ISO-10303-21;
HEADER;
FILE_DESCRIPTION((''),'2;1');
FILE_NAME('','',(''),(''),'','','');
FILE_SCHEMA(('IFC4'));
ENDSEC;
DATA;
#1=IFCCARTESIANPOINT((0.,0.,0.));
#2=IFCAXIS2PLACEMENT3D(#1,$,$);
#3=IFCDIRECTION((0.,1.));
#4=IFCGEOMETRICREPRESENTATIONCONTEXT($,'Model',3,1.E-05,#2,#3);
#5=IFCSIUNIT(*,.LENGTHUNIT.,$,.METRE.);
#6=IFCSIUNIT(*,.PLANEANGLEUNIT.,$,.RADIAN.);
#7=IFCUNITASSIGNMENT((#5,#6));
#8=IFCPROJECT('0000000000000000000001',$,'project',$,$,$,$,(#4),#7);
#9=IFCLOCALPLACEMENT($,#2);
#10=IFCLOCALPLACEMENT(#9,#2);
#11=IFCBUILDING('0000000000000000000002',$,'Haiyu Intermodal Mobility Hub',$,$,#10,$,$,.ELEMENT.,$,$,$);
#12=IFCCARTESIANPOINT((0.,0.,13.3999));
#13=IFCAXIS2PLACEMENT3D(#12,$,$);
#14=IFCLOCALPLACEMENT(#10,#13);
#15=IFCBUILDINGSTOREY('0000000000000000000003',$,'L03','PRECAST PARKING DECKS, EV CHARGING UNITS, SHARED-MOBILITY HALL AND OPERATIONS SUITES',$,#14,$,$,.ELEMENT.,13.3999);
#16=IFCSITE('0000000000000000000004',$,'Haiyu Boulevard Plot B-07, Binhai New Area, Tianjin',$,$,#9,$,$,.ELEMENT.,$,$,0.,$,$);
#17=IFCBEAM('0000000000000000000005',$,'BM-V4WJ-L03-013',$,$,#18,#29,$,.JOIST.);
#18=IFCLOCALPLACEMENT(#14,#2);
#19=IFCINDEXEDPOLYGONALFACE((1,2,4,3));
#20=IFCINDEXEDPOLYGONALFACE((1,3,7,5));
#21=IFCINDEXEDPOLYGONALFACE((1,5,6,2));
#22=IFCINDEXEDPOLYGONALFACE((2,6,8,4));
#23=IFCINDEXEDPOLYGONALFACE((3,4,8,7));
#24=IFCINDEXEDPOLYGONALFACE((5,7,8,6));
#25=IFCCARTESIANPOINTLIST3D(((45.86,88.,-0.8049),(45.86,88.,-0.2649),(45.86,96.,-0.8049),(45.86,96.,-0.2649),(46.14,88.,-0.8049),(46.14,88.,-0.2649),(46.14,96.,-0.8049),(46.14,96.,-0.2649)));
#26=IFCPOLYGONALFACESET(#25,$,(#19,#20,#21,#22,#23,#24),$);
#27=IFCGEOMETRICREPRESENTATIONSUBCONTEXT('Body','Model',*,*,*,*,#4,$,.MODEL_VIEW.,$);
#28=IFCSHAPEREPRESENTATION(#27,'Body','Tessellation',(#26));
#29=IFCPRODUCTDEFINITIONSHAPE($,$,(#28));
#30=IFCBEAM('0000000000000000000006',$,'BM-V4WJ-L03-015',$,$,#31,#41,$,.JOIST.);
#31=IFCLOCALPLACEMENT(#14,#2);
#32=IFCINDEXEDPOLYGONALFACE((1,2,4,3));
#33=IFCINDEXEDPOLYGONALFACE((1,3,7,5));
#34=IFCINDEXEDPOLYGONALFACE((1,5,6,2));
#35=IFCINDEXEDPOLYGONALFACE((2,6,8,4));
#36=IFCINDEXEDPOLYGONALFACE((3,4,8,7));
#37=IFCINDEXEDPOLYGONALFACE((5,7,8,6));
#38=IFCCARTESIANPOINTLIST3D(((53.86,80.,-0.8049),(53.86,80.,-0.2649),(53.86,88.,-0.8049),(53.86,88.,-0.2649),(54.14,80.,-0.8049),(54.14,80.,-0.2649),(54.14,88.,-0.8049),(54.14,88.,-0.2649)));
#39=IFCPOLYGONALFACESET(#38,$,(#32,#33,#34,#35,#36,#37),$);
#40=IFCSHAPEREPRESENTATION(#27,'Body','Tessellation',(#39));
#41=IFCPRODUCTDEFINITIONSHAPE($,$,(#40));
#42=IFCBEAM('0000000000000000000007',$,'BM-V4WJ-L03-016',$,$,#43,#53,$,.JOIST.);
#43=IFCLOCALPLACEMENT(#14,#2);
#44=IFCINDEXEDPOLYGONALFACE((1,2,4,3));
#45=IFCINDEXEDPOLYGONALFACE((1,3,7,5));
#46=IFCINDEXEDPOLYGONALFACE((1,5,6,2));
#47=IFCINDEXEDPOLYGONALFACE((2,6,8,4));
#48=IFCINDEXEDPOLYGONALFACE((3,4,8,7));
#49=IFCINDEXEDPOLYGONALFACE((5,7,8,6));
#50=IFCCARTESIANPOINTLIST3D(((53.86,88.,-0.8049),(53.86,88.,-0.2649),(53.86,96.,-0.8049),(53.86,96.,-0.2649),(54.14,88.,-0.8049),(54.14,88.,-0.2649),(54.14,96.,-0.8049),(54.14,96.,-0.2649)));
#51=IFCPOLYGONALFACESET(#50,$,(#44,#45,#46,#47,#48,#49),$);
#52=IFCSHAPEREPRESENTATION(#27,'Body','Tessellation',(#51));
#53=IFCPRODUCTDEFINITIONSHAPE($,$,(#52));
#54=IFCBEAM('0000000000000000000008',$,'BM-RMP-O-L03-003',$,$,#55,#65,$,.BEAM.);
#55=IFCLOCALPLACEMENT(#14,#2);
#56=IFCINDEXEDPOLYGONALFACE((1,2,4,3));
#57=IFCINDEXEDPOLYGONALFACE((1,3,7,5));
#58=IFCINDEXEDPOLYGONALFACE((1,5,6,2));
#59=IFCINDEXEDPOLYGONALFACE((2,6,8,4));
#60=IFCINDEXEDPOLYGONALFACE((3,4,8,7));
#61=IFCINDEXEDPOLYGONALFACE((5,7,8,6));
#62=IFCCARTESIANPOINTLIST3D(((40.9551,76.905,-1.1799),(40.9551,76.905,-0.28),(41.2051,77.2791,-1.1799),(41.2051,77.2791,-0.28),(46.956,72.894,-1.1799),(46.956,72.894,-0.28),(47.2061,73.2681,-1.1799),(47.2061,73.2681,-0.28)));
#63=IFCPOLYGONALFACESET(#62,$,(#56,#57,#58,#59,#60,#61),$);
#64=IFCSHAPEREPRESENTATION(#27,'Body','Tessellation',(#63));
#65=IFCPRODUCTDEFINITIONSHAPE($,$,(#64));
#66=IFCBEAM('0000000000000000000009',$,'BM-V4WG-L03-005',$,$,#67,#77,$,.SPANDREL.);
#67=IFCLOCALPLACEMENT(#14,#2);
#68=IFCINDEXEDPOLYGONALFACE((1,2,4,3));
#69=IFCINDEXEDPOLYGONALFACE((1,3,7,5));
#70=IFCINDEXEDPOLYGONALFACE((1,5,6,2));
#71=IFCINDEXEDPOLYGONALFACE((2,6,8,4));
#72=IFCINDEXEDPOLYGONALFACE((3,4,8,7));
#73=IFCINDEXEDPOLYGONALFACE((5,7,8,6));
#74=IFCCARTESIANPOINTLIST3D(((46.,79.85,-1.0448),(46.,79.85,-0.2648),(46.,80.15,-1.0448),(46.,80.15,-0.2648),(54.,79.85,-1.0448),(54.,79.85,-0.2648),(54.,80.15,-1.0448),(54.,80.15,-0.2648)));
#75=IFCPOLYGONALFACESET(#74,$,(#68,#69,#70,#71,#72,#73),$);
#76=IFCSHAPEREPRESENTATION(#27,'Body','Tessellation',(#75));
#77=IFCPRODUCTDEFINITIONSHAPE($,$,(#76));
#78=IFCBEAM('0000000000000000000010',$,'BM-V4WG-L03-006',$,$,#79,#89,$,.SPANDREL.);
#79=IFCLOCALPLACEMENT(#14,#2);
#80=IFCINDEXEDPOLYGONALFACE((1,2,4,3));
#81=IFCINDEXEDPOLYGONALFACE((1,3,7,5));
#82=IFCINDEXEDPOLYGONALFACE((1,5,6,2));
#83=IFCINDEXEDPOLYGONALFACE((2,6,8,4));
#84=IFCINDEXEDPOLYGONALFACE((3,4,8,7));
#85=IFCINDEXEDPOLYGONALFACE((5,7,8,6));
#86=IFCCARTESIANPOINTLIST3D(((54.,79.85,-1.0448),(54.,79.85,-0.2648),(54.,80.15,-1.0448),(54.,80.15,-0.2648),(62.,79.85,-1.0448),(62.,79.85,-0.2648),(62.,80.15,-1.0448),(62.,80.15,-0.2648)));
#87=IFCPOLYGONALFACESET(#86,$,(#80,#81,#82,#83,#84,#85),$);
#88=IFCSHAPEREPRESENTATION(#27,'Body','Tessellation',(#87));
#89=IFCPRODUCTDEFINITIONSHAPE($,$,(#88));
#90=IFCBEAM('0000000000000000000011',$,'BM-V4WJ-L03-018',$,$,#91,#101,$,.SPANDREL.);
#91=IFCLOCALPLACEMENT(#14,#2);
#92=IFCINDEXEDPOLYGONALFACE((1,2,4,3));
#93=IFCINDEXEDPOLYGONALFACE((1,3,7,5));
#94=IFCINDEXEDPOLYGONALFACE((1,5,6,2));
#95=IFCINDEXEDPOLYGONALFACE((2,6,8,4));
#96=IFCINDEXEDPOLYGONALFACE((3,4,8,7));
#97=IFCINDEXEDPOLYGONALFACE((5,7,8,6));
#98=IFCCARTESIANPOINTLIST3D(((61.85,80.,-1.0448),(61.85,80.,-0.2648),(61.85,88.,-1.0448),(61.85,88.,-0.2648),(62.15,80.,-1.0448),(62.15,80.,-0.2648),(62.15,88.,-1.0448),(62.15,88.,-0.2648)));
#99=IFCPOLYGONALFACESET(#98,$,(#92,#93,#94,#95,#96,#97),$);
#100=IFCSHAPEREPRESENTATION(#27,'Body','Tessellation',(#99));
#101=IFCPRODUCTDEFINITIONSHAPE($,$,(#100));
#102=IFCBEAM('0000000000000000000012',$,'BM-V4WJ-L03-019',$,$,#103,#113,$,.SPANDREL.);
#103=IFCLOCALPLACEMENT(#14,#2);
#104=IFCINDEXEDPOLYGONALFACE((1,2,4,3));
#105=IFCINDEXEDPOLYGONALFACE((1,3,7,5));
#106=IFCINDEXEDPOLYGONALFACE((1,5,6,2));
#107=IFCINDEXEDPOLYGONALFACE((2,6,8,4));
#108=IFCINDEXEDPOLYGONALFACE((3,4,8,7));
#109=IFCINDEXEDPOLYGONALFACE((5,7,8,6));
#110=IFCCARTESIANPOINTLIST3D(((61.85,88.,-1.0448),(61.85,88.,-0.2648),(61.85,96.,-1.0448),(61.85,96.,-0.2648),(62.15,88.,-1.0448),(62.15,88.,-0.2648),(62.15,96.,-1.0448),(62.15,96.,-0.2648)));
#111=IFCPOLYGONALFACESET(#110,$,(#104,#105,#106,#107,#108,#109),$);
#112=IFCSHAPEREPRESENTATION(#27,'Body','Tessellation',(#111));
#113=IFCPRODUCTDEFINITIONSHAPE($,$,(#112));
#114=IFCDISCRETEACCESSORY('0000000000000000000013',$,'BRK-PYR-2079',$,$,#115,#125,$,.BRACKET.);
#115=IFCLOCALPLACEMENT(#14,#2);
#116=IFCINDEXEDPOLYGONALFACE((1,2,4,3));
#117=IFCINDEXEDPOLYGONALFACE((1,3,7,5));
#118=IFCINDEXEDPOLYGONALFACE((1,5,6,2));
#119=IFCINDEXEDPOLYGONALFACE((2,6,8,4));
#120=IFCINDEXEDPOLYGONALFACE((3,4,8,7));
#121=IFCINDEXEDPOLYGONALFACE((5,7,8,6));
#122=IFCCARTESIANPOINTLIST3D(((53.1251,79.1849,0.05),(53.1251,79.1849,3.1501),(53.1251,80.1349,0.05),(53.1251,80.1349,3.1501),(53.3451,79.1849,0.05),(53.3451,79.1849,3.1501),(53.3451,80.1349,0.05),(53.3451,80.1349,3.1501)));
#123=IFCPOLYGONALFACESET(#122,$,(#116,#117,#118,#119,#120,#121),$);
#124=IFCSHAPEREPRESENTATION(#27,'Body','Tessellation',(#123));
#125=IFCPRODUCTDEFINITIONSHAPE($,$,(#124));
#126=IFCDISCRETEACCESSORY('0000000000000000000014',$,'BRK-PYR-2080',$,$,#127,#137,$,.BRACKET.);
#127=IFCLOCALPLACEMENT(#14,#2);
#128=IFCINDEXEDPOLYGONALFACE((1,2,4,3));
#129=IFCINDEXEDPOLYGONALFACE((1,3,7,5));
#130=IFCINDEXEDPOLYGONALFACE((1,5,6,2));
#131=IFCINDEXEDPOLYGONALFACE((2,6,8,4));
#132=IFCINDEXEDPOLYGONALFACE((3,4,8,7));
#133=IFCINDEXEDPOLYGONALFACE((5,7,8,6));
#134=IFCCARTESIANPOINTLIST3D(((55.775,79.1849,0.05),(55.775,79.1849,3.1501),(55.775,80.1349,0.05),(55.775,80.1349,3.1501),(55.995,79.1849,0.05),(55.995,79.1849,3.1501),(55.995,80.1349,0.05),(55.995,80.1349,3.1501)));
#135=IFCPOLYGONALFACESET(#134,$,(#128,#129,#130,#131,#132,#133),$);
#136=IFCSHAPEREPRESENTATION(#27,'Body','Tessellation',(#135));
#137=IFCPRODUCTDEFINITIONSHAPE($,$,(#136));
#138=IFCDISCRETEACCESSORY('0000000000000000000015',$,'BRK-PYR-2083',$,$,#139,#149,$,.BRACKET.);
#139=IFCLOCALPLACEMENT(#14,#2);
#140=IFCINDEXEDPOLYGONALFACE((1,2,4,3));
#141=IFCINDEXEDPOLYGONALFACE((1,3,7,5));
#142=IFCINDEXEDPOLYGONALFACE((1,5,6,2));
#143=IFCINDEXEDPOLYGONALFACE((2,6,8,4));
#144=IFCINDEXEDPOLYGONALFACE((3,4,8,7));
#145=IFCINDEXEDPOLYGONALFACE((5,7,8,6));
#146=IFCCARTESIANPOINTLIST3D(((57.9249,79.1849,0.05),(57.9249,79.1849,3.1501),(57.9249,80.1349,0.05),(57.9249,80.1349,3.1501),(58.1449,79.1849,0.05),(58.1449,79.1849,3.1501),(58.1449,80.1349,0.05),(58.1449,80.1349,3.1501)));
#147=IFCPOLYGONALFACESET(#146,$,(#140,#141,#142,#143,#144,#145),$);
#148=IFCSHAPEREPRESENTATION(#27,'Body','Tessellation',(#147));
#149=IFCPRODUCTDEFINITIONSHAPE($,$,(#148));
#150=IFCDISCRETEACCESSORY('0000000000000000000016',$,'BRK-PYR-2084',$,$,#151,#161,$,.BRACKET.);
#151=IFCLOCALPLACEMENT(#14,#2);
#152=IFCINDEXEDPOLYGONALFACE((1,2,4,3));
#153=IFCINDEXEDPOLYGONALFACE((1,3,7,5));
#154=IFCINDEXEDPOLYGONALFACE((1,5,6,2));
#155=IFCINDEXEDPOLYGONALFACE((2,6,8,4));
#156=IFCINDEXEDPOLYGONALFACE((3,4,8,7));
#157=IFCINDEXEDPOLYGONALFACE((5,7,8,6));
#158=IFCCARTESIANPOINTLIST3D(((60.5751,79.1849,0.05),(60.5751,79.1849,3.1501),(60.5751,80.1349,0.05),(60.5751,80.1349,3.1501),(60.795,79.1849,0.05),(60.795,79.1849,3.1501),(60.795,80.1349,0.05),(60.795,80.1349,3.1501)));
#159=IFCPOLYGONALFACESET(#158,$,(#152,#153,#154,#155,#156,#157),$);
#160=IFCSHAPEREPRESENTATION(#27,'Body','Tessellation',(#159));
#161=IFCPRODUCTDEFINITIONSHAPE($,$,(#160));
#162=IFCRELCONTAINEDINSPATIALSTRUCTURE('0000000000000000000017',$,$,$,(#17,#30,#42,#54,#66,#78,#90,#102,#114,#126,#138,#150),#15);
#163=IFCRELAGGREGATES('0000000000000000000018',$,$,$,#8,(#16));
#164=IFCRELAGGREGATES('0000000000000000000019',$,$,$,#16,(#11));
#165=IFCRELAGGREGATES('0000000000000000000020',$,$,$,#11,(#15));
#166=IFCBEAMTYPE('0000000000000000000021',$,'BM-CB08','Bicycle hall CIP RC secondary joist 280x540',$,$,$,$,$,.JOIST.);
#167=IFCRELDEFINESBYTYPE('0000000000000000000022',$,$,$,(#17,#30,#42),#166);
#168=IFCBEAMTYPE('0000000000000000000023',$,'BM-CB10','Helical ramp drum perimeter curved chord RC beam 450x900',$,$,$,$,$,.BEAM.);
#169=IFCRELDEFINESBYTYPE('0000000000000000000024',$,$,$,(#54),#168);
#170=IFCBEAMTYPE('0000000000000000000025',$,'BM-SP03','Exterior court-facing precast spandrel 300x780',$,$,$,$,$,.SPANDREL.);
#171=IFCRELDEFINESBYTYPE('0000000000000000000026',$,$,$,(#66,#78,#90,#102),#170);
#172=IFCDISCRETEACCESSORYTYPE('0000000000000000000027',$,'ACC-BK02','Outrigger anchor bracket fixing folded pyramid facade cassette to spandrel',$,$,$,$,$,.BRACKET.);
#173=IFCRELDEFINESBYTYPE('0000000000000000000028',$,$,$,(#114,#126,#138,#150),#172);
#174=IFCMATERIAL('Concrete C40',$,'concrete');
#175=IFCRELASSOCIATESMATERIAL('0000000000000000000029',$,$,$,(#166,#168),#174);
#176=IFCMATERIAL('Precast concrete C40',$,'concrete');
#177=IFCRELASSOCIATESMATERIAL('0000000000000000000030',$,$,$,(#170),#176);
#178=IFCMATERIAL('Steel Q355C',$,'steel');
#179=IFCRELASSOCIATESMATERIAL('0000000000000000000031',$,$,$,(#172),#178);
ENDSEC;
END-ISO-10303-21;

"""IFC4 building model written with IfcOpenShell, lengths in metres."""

from ifc_helpers import new_model, si_unit, direction, frame, origin, origin_2d, place, context, subcontext, project, spatial, rectangle, extrude, material, material_profile, profile_set, type_object, element, save


model = new_model("IFC4")

# Units and contexts
model_context = context("Model", 3, precision=1e-05, world=origin(), true_north=direction((0.0, 1.0)))
body_context = subcontext(model_context, "Body", "Model", "MODEL_VIEW")
ifc_project = project(units=[si_unit("LENGTHUNIT", "METRE"), si_unit("PLANEANGLEUNIT", "RADIAN")], contexts=[model_context])

# Site, building, storey
site_placement = place(None, origin())
site = spatial("IfcSite", under=ifc_project, at=site_placement, Name="Haiyu Boulevard Plot B-07, Binhai New Area, Tianjin", CompositionType="ELEMENT", RefElevation=0.0)
building_placement = place(site_placement, origin())
building = spatial("IfcBuilding", under=site, at=building_placement, Name="Haiyu Intermodal Mobility Hub", CompositionType="ELEMENT")
storey_placement = place(building_placement, frame((0.0, 0.0, 13.3999)))
storey = spatial("IfcBuildingStorey", under=building, at=storey_placement, Name="L03", Description="PRECAST PARKING DECKS, EV CHARGING UNITS, SHARED-MOBILITY HALL AND OPERATIONS SUITES", CompositionType="ELEMENT", Elevation=13.3999)

# Shared definitions
ifc_material_1 = material(Name="Precast concrete C40", Category="concrete")
ifc_material_2 = material(Name="Concrete C40", Category="concrete")

# Beams
ifc_material_profile_1 = material_profile(ifc_material_2, rectangle(XDim=0.28, YDim=0.54, at=origin_2d()), Name="RCB280x540")
ifc_profile_set_1 = profile_set([ifc_material_profile_1], Name="Concrete C40")
beam_type_1 = type_object("IfcBeamType", Name="BM-CB08", Description="Bicycle hall CIP RC secondary joist 280x540", PredefinedType="JOIST", material=ifc_profile_set_1)
for number, where, z_axis, x_axis, name in (
    (1, (46.0, 88.0, -0.5349), (0.0, 1.0, 0.0), (-1.0, 0.0, 0.0), "BM-V4WJ-L03-013"),
    (2, (54.0, 80.0, -0.5349), (0.0, 1.0, 0.0), (-1.0, 0.0, 0.0), "BM-V4WJ-L03-015"),
    (3, (54.0, 88.0, -0.5349), (0.0, 1.0, 0.0), (-1.0, 0.0, 0.0), "BM-V4WJ-L03-016"),
):
    element("IfcBeam", number, at=place(storey_placement, frame(where, z_axis=z_axis, x_axis=x_axis)), inside=storey, type_object=beam_type_1, Name=name, PredefinedType="JOIST", context=body_context, shape_type="SweptSolid", body=[
        extrude(rectangle(XDim=0.28, YDim=0.54, at=origin_2d()), origin(), (0.0, 0.0, 1.0), 8.0),
    ])
ifc_material_profile_2 = material_profile(ifc_material_2, rectangle(XDim=0.45, YDim=0.8999, at=origin_2d()), Name="RCB450x900")
ifc_profile_set_2 = profile_set([ifc_material_profile_2], Name="Concrete C40")
beam_type_2 = type_object("IfcBeamType", Name="BM-CB10", Description="Helical ramp drum perimeter curved chord RC beam 450x900", PredefinedType="BEAM", material=ifc_profile_set_2)
beam_1_placement = place(storey_placement, frame((47.0811, 73.0811, -0.73), z_axis=(-0.831389, 0.555691, 0.0), x_axis=(-0.555691, -0.831389, 0.0)))
element("IfcBeam", 4, at=beam_1_placement, inside=storey, type_object=beam_type_2, Name="BM-RMP-O-L03-003", PredefinedType="BEAM", context=body_context, shape_type="SweptSolid", body=[
    extrude(rectangle(XDim=0.45, YDim=0.8999, at=origin_2d()), origin(), (0.0, 0.0, 1.0), 7.218),
])
ifc_material_profile_3 = material_profile(ifc_material_1, rectangle(XDim=0.3, YDim=0.78, at=origin_2d()), Name="PC300x780")
ifc_profile_set_3 = profile_set([ifc_material_profile_3], Name="Precast concrete C40")
beam_type_3 = type_object("IfcBeamType", Name="BM-SP03", Description="Exterior court-facing precast spandrel 300x780", PredefinedType="SPANDREL", material=ifc_profile_set_3)
for number, where, z_axis, x_axis, name in (
    (5, (46.0, 80.0, -0.6548), (1.0, 0.0, 0.0), (0.0, 1.0, 0.0), "BM-V4WG-L03-005"),
    (6, (54.0, 80.0, -0.6548), (1.0, 0.0, 0.0), (0.0, 1.0, 0.0), "BM-V4WG-L03-006"),
    (7, (62.0, 80.0, -0.6548), (0.0, 1.0, 0.0), (-1.0, 0.0, 0.0), "BM-V4WJ-L03-018"),
    (8, (62.0, 88.0, -0.6548), (0.0, 1.0, 0.0), (-1.0, 0.0, 0.0), "BM-V4WJ-L03-019"),
):
    element("IfcBeam", number, at=place(storey_placement, frame(where, z_axis=z_axis, x_axis=x_axis)), inside=storey, type_object=beam_type_3, Name=name, PredefinedType="SPANDREL", context=body_context, shape_type="SweptSolid", body=[
        extrude(rectangle(XDim=0.3, YDim=0.78, at=origin_2d()), origin(), (0.0, 0.0, 1.0), 8.0),
    ])

# Discrete accessories
ifc_material_3 = material(Name="Steel Q355C", Category="steel")
discrete_accessory_type = type_object("IfcDiscreteAccessoryType", Name="ACC-BK02", Description="Outrigger anchor bracket fixing folded pyramid facade cassette to spandrel", PredefinedType="BRACKET", material=ifc_material_3)
for number, where, z_axis, x_axis, name in (
    (9, (53.2351, 79.6599, 0.05), (0.0, 0.0, 1.0), (1.0, 0.0, 0.0), "BRK-PYR-2079"),
    (10, (55.885, 79.6599, 0.05), (0.0, 0.0, 1.0), (1.0, 0.0, 0.0), "BRK-PYR-2080"),
    (11, (58.0349, 79.6599, 0.05), (0.0, 0.0, 1.0), (1.0, 0.0, 0.0), "BRK-PYR-2083"),
    (12, (60.6851, 79.6599, 0.05), (0.0, 0.0, 1.0), (1.0, 0.0, 0.0), "BRK-PYR-2084"),
):
    element("IfcDiscreteAccessory", number, at=place(storey_placement, frame(where, z_axis=z_axis, x_axis=x_axis)), inside=storey, type_object=discrete_accessory_type, Name=name, PredefinedType="BRACKET", context=body_context, shape_type="SweptSolid", body=[
        extrude(rectangle(XDim=0.22, YDim=0.95, at=origin_2d()), origin(), (0.0, 0.0, 1.0), 3.1001),
    ])

save(model, "model.ifc")
